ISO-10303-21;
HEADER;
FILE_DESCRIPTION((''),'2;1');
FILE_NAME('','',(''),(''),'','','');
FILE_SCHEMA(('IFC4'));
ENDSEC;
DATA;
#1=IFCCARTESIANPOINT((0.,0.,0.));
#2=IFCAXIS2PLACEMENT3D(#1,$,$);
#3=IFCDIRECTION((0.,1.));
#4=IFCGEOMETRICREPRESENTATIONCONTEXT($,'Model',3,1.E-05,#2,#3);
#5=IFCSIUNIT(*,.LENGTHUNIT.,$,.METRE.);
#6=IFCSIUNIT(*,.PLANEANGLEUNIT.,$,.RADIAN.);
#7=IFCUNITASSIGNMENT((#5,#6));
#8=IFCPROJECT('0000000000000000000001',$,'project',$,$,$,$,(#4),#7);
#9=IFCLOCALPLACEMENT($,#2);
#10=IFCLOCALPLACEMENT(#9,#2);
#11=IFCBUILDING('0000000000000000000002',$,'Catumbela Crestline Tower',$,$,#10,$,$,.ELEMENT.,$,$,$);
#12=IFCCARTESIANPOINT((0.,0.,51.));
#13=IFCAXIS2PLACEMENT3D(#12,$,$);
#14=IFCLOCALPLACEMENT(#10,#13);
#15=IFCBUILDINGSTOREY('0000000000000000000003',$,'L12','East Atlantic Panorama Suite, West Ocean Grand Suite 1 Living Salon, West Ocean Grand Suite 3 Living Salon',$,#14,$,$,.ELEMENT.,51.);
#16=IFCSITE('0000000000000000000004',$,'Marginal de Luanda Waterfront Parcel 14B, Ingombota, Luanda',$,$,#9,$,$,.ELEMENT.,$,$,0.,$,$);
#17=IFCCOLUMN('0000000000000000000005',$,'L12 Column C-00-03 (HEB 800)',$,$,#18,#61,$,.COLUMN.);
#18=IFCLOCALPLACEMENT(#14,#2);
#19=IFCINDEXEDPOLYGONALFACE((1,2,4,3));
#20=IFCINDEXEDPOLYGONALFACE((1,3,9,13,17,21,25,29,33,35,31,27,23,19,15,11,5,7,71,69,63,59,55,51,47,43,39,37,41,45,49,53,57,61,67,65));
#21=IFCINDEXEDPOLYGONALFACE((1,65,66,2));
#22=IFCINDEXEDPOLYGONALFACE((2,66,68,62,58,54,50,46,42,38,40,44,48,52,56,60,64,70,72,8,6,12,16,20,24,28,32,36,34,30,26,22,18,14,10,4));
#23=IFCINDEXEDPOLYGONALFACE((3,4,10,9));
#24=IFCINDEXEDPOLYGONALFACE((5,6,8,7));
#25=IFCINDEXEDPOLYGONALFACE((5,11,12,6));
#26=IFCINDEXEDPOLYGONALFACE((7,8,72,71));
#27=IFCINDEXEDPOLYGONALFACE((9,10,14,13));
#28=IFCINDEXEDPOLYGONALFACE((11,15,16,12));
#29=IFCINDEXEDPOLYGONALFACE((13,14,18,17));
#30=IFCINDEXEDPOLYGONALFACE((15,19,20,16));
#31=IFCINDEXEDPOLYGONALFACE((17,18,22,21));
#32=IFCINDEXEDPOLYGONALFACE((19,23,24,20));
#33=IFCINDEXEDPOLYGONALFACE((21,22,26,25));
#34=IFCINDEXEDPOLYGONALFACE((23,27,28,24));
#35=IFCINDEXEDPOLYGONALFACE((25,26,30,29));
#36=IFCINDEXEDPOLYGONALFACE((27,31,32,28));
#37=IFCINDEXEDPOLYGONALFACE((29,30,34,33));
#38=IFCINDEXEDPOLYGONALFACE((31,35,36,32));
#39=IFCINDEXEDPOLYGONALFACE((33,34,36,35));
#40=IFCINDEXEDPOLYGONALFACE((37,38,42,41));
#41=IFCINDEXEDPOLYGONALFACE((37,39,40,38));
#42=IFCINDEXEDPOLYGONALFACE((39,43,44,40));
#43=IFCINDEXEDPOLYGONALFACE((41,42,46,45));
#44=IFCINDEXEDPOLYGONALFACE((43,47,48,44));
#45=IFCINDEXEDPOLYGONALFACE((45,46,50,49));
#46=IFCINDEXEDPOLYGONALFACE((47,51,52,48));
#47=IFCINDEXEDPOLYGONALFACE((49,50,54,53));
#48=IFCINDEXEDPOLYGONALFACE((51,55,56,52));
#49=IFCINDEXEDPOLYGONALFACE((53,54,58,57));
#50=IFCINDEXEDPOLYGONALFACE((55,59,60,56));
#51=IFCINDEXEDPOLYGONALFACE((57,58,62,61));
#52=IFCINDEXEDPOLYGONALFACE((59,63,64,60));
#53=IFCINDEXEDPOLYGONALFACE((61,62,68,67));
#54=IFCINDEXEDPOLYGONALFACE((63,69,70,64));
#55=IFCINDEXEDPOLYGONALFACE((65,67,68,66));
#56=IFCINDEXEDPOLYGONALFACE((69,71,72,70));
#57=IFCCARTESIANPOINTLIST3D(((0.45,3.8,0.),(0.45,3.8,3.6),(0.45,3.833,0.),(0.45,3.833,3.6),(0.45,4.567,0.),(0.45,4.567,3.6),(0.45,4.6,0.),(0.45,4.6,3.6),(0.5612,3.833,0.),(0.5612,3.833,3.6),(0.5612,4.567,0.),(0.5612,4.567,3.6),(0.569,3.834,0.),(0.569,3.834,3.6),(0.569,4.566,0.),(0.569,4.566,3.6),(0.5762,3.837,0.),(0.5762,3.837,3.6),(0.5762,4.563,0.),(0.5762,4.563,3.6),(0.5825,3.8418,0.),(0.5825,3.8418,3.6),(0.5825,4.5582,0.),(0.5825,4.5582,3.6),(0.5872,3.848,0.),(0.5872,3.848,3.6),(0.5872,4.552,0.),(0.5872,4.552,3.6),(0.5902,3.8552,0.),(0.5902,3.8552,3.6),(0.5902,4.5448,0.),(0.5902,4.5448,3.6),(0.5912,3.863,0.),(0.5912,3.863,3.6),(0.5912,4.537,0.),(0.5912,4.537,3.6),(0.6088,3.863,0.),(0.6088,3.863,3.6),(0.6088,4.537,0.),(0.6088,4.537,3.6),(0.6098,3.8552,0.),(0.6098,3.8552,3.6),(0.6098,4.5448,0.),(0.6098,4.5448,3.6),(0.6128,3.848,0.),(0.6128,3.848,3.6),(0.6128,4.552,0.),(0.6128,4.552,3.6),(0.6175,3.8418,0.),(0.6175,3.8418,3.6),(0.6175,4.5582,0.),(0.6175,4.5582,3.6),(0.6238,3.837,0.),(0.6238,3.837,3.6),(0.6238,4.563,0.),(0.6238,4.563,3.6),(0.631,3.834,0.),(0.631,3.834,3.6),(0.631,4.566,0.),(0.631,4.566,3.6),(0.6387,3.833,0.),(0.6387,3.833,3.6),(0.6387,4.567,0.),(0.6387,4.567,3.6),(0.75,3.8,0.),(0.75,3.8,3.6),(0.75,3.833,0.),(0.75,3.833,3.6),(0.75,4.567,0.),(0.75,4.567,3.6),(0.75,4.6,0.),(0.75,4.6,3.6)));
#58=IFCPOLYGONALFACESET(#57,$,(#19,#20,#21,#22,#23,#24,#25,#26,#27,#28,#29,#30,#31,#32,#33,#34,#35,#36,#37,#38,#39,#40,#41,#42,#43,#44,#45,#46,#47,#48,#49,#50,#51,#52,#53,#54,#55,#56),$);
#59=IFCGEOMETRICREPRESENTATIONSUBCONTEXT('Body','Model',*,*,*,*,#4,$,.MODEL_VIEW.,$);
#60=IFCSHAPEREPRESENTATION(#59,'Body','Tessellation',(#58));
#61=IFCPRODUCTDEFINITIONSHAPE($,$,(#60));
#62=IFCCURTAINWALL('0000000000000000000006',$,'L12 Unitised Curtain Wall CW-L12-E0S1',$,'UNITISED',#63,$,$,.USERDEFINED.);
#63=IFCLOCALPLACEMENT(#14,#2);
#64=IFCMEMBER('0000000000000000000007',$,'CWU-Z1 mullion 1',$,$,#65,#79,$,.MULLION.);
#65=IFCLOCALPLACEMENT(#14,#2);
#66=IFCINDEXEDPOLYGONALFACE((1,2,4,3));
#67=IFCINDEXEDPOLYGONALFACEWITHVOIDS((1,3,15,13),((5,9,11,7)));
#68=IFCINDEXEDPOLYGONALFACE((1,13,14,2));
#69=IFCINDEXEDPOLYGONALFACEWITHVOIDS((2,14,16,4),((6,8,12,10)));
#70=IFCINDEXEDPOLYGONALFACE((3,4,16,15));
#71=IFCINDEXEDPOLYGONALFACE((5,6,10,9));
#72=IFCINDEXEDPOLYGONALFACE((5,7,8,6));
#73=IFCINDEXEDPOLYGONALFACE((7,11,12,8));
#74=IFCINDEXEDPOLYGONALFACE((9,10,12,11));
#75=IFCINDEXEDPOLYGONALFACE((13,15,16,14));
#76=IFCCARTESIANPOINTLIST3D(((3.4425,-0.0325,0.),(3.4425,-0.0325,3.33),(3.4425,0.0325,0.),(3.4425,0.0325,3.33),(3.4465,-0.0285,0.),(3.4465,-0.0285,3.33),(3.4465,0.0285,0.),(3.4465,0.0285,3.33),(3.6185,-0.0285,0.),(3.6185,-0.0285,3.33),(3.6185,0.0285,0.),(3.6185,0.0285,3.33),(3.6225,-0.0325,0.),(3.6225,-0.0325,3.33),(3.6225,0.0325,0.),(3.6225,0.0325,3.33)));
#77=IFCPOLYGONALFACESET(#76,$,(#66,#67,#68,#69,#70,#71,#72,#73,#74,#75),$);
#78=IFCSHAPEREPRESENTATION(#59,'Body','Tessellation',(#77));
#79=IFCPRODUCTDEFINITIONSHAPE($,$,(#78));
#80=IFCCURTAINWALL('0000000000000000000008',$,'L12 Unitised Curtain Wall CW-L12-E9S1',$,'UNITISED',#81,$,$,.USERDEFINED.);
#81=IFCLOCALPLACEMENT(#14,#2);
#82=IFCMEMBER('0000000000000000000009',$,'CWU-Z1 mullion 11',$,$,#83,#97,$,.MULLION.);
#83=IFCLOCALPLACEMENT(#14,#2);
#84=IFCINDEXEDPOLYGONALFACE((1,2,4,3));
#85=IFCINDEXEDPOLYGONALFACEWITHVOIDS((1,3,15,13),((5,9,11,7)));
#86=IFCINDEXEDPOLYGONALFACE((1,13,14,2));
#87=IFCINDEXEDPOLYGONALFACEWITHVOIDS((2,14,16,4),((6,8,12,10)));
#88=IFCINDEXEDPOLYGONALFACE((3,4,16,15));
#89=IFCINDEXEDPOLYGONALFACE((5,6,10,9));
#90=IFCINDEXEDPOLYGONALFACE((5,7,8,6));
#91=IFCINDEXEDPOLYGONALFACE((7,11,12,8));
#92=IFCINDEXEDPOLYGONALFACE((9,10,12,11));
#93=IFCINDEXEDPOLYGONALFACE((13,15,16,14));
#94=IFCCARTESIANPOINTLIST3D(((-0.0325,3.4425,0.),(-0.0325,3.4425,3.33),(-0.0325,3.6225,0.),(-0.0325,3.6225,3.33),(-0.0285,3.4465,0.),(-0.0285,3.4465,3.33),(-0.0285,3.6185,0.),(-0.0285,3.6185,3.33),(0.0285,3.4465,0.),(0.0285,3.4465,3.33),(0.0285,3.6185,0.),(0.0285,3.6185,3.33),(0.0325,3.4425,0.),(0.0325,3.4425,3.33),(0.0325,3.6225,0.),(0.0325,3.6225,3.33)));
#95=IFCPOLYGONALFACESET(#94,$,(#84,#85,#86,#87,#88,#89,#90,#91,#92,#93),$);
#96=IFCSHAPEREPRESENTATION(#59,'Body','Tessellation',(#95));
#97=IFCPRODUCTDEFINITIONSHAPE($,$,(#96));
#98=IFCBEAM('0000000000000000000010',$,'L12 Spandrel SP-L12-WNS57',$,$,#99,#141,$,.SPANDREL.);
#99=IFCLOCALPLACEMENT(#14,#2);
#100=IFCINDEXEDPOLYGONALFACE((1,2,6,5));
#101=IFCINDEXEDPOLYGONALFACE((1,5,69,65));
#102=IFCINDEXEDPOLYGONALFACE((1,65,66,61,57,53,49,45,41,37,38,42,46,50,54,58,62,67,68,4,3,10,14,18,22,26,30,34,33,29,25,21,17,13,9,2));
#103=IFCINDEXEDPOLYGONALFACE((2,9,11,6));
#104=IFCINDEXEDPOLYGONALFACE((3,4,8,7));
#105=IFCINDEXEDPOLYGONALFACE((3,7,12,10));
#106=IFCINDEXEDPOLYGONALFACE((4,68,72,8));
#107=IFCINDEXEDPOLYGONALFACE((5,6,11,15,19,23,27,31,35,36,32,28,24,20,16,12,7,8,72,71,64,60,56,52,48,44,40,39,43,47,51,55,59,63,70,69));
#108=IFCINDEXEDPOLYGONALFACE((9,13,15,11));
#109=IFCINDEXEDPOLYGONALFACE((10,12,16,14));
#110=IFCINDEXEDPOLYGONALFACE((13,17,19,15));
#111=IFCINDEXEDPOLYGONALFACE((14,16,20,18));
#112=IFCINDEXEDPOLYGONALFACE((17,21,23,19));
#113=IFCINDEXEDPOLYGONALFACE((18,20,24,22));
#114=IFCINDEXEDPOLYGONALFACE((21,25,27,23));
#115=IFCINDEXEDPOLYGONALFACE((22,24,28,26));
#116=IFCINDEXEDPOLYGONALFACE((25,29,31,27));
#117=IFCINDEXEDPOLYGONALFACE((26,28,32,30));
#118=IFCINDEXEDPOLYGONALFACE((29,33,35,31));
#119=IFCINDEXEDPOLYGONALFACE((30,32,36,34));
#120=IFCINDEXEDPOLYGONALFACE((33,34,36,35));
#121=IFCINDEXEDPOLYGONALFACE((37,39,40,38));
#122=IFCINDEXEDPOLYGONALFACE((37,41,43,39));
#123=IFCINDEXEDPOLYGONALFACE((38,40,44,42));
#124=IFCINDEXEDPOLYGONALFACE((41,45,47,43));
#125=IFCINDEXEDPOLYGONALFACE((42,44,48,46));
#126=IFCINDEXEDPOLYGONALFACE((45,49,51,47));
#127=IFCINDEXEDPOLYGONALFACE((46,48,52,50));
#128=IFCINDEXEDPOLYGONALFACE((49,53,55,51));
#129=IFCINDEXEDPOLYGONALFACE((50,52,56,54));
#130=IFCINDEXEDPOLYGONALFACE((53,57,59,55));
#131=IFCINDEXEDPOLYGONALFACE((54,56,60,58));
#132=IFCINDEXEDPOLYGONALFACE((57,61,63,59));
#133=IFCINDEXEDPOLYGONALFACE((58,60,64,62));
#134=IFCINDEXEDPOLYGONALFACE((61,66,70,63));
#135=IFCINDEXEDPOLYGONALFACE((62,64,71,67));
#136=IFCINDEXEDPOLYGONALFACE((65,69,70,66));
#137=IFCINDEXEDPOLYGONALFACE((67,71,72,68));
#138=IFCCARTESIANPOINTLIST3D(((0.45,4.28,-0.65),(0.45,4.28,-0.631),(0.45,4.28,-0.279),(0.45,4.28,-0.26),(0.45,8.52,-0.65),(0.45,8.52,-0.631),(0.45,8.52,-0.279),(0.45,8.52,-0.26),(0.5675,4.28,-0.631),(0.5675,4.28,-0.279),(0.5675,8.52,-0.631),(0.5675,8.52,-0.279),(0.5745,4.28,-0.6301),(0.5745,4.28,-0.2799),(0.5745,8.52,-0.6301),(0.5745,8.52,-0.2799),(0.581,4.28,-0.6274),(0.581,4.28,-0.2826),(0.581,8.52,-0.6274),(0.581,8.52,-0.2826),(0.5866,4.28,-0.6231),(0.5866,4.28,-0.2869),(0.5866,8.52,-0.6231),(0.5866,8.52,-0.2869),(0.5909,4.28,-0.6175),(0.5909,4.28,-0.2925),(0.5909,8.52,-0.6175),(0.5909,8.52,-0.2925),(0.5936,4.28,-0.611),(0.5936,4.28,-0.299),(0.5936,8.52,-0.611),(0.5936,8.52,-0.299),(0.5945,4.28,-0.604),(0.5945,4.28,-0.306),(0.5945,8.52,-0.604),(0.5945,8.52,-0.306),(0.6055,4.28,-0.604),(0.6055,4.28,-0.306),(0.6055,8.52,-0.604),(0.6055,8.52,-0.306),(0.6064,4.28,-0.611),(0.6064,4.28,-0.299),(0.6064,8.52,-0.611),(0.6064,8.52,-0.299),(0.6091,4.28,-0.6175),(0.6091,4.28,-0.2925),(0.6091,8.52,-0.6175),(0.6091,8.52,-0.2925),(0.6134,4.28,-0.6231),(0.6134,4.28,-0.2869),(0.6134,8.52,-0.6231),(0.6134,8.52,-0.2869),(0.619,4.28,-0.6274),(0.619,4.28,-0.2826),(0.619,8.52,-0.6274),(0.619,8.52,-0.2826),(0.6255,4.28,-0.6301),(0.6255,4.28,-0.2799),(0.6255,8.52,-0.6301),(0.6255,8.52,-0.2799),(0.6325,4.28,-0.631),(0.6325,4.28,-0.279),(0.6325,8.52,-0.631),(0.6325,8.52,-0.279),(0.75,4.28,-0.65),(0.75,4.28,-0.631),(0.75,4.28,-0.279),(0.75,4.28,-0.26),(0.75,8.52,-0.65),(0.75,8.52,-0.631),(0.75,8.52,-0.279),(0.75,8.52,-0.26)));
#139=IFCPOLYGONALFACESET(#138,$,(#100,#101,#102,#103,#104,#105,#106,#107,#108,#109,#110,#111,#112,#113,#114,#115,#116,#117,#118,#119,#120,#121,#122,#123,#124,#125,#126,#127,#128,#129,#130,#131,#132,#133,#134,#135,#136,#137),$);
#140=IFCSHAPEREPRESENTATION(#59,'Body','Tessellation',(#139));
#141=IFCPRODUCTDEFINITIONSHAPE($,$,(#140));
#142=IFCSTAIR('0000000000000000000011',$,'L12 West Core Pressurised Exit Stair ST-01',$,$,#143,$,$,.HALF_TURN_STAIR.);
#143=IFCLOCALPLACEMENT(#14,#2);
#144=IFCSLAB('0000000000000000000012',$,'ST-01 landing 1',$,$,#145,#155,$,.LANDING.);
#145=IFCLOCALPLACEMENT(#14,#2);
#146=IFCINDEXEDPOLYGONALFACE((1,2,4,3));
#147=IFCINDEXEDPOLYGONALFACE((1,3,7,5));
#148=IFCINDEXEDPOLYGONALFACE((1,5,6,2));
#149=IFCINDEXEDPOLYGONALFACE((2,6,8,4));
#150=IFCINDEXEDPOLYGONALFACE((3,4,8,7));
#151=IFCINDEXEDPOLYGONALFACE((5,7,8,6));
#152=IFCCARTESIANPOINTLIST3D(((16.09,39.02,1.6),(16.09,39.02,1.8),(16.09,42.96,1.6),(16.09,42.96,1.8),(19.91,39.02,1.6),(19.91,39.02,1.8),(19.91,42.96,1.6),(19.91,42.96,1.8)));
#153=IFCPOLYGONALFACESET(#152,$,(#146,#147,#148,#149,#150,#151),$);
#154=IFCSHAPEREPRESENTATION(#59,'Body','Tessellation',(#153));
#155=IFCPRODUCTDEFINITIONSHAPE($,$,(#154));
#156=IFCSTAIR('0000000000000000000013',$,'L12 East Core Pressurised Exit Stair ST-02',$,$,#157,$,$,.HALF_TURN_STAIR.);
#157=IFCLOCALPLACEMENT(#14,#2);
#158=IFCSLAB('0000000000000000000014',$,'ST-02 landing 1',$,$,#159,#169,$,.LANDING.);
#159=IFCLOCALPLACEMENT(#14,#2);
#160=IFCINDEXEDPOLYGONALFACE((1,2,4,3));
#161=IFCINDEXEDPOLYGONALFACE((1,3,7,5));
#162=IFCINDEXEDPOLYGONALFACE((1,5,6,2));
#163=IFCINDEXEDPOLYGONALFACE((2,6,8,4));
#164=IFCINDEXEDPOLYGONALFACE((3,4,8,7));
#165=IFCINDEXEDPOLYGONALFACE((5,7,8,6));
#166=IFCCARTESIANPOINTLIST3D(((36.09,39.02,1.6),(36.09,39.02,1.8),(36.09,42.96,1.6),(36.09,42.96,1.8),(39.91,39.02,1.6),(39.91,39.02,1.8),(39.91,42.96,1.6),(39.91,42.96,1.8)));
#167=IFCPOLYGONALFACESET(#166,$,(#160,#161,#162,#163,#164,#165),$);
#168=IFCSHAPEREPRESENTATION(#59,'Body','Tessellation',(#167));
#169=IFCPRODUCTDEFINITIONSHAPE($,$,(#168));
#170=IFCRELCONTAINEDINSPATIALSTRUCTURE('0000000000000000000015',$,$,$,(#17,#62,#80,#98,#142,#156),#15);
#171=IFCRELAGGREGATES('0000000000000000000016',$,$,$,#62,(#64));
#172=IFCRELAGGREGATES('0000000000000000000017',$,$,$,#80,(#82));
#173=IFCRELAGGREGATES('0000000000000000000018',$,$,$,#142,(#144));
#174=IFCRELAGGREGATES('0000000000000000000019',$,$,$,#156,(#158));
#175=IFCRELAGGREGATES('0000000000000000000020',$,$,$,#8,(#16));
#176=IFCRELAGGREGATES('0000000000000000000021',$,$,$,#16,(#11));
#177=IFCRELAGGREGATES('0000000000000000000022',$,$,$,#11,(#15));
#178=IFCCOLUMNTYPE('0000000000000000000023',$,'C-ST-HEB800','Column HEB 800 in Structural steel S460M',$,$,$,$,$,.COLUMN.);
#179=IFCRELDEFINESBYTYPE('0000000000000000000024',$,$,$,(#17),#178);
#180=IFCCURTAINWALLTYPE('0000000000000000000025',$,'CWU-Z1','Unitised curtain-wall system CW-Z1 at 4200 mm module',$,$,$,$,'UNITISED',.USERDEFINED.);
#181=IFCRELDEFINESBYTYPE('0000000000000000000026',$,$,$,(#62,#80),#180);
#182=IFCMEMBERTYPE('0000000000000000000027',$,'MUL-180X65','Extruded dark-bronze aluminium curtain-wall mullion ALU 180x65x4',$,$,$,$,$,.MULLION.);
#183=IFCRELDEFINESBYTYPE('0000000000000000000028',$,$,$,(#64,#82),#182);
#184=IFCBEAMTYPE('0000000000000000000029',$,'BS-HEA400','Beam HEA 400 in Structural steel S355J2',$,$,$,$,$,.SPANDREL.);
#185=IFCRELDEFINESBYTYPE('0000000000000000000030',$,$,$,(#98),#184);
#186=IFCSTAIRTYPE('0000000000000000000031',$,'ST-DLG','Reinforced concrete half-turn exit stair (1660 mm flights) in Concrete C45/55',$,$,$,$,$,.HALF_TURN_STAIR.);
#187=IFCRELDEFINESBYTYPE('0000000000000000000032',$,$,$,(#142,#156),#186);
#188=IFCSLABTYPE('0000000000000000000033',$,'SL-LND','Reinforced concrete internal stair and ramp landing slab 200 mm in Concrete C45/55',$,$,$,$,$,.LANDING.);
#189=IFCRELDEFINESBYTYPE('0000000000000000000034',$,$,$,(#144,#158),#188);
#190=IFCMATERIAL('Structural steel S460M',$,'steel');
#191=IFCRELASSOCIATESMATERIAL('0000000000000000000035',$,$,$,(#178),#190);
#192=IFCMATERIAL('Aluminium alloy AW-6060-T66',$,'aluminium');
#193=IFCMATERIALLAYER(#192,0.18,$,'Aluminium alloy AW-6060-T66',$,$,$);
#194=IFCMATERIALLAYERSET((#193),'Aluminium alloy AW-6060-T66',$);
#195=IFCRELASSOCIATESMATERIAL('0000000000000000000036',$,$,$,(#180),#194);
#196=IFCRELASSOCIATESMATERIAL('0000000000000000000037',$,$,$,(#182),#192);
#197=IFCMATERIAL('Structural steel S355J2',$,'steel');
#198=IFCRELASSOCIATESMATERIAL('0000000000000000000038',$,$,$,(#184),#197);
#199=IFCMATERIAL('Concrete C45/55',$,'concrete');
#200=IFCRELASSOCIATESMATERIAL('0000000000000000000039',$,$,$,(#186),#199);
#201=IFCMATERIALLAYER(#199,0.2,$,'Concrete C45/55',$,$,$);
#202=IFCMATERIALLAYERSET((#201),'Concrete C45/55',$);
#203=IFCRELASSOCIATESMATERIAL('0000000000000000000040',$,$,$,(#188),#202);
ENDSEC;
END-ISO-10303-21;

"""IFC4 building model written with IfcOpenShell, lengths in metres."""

from ifc_helpers import new_model, si_unit, direction, frame, origin, origin_2d, place, context, subcontext, project, spatial, polyline, hollow_rectangle, i_section, outline, extrude, material, layer, layer_set, material_profile, profile_set, type_object, element, aggregate, save


model = new_model("IFC4")

# Units and contexts
model_context = context("Model", 3, precision=1e-05, world=origin(), true_north=direction((0.0, 1.0)))
body_context = subcontext(model_context, "Body", "Model", "MODEL_VIEW")
ifc_project = project(units=[si_unit("LENGTHUNIT", "METRE"), si_unit("PLANEANGLEUNIT", "RADIAN")], contexts=[model_context])

# Site, building, storey
site_placement = place(None, origin())
site = spatial("IfcSite", under=ifc_project, at=site_placement, Name="Marginal de Luanda Waterfront Parcel 14B, Ingombota, Luanda", CompositionType="ELEMENT", RefElevation=0.0)
building_placement = place(site_placement, origin())
building = spatial("IfcBuilding", under=site, at=building_placement, Name="Catumbela Crestline Tower", CompositionType="ELEMENT")
storey_placement = place(building_placement, frame((0.0, 0.0, 51.0)))
storey = spatial("IfcBuildingStorey", under=building, at=storey_placement, Name="L12", Description="East Atlantic Panorama Suite, West Ocean Grand Suite 1 Living Salon, West Ocean Grand Suite 3 Living Salon", CompositionType="ELEMENT", Elevation=51.0)

# Column
ifc_material_1 = material(Name="Structural steel S460M", Category="steel")
ifc_material_profile_1 = material_profile(ifc_material_1, i_section(OverallWidth=0.3, OverallDepth=0.8, WebThickness=0.0175, FlangeThickness=0.033, FilletRadius=0.03, at=origin_2d()), Name="HEB 800")
ifc_profile_set_1 = profile_set([ifc_material_profile_1], Name="Structural steel S460M")
column_type = type_object("IfcColumnType", Name="C-ST-HEB800", Description="Column HEB 800 in Structural steel S460M", PredefinedType="COLUMN", material=ifc_profile_set_1)
column_placement = place(storey_placement, frame((0.6, 4.2, 0.0), z_axis=(0.0, 0.0, 1.0), x_axis=(1.0, 0.0, 0.0)))
element("IfcColumn", 1, at=column_placement, inside=storey, type_object=column_type, Name="L12 Column C-00-03 (HEB 800)", PredefinedType="COLUMN", context=body_context, shape_type="SweptSolid", body=[
    extrude(i_section(OverallWidth=0.3, OverallDepth=0.8, WebThickness=0.0175, FlangeThickness=0.033, FilletRadius=0.03, at=origin_2d()), origin(), (0.0, 0.0, 1.0), 3.6),
])

# Curtain walls, members
ifc_material_2 = material(Name="Aluminium alloy AW-6060-T66", Category="aluminium")
ifc_layer_1 = layer(ifc_material_2, 0.18, Name="Aluminium alloy AW-6060-T66")
ifc_layer_set_1 = layer_set([ifc_layer_1], Name="Aluminium alloy AW-6060-T66")
curtain_wall_type = type_object("IfcCurtainWallType", Name="CWU-Z1", Description="Unitised curtain-wall system CW-Z1 at 4200 mm module", ElementType="UNITISED", PredefinedType="USERDEFINED", material=ifc_layer_set_1)
curtain_wall_1_placement = place(storey_placement, origin())
curtain_wall_1 = element("IfcCurtainWall", 2, at=curtain_wall_1_placement, inside=storey, type_object=curtain_wall_type, Name="L12 Unitised Curtain Wall CW-L12-E0S1", ObjectType="UNITISED", PredefinedType="USERDEFINED")
ifc_material_profile_2 = material_profile(ifc_material_2, hollow_rectangle(XDim=0.065, YDim=0.18, WallThickness=0.004, at=origin_2d()), Name="ALU 180x65x4")
ifc_profile_set_2 = profile_set([ifc_material_profile_2], Name="Aluminium alloy AW-6060-T66")
member_type = type_object("IfcMemberType", Name="MUL-180X65", Description="Extruded dark-bronze aluminium curtain-wall mullion ALU 180x65x4", PredefinedType="MULLION", material=ifc_profile_set_2)
member_1_placement = place(storey_placement, frame((3.5325, 0.0, 0.0), z_axis=(0.0, 0.0, 1.0), x_axis=(0.0, 1.0, 0.0)))
member_1 = element("IfcMember", 3, at=member_1_placement, type_object=member_type, Name="CWU-Z1 mullion 1", PredefinedType="MULLION", context=body_context, shape_type="SweptSolid", body=[
    extrude(hollow_rectangle(XDim=0.065, YDim=0.18, WallThickness=0.004, at=origin_2d()), origin(), (0.0, 0.0, 1.0), 3.33),
])
aggregate(curtain_wall_1, [member_1])
curtain_wall_2_placement = place(storey_placement, origin())
curtain_wall_2 = element("IfcCurtainWall", 4, at=curtain_wall_2_placement, inside=storey, type_object=curtain_wall_type, Name="L12 Unitised Curtain Wall CW-L12-E9S1", ObjectType="UNITISED", PredefinedType="USERDEFINED")
member_2_placement = place(storey_placement, frame((0.0, 3.5325, 0.0), z_axis=(0.0, 0.0, 1.0), x_axis=(1.0, 0.0, 0.0)))
member_2 = element("IfcMember", 5, at=member_2_placement, type_object=member_type, Name="CWU-Z1 mullion 11", PredefinedType="MULLION", context=body_context, shape_type="SweptSolid", body=[
    extrude(hollow_rectangle(XDim=0.065, YDim=0.18, WallThickness=0.004, at=origin_2d()), origin(), (0.0, 0.0, 1.0), 3.33),
])
aggregate(curtain_wall_2, [member_2])

# Beam
ifc_material_3 = material(Name="Structural steel S355J2", Category="steel")
ifc_material_profile_3 = material_profile(ifc_material_3, i_section(OverallWidth=0.3, OverallDepth=0.39, WebThickness=0.011, FlangeThickness=0.019, FilletRadius=0.027, at=origin_2d()), Name="HEA 400")
ifc_profile_set_3 = profile_set([ifc_material_profile_3], Name="Structural steel S355J2")
beam_type = type_object("IfcBeamType", Name="BS-HEA400", Description="Beam HEA 400 in Structural steel S355J2", PredefinedType="SPANDREL", material=ifc_profile_set_3)
beam_placement = place(storey_placement, frame((0.6, 4.28, -0.455), z_axis=(0.0, 1.0, 0.0), x_axis=(-1.0, 0.0, 0.0)))
element("IfcBeam", 6, at=beam_placement, inside=storey, type_object=beam_type, Name="L12 Spandrel SP-L12-WNS57", PredefinedType="SPANDREL", context=body_context, shape_type="SweptSolid", body=[
    extrude(i_section(OverallWidth=0.3, OverallDepth=0.39, WebThickness=0.011, FlangeThickness=0.019, FilletRadius=0.027, at=origin_2d()), origin(), (0.0, 0.0, 1.0), 4.24),
])

# Stairs, slabs
ifc_material_4 = material(Name="Concrete C45/55", Category="concrete")
stair_type = type_object("IfcStairType", Name="ST-DLG", Description="Reinforced concrete half-turn exit stair (1660 mm flights) in Concrete C45/55", PredefinedType="HALF_TURN_STAIR", material=ifc_material_4)
stair_1_placement = place(storey_placement, origin())
stair_1 = element("IfcStair", 7, at=stair_1_placement, inside=storey, type_object=stair_type, Name="L12 West Core Pressurised Exit Stair ST-01", PredefinedType="HALF_TURN_STAIR")
ifc_layer_2 = layer(ifc_material_4, 0.2, Name="Concrete C45/55")
ifc_layer_set_2 = layer_set([ifc_layer_2], Name="Concrete C45/55")
slab_type_1 = type_object("IfcSlabType", Name="SL-LND", Description="Reinforced concrete internal stair and ramp landing slab 200 mm in Concrete C45/55", PredefinedType="LANDING", material=ifc_layer_set_2)
slab_1_placement = place(storey_placement, frame((0.0, 0.0, 1.6)))
slab_1 = element("IfcSlab", 8, at=slab_1_placement, type_object=slab_type_1, Name="ST-01 landing 1", PredefinedType="LANDING", context=body_context, shape_type="SweptSolid", body=[
    extrude(outline(polyline([(19.91, 39.02), (19.91, 42.96), (16.09, 42.96), (16.09, 39.02), (19.91, 39.02)])), origin(), (0.0, 0.0, 1.0), 0.2),
])
aggregate(stair_1, [slab_1])
stair_2_placement = place(storey_placement, origin())
stair_2 = element("IfcStair", 9, at=stair_2_placement, inside=storey, type_object=stair_type, Name="L12 East Core Pressurised Exit Stair ST-02", PredefinedType="HALF_TURN_STAIR")
slab_2_placement = place(storey_placement, frame((0.0, 0.0, 1.6)))
slab_2 = element("IfcSlab", 10, at=slab_2_placement, type_object=slab_type_1, Name="ST-02 landing 1", PredefinedType="LANDING", context=body_context, shape_type="SweptSolid", body=[
    extrude(outline(polyline([(39.91, 39.02), (39.91, 42.96), (36.09, 42.96), (36.09, 39.02), (39.91, 39.02)])), origin(), (0.0, 0.0, 1.0), 0.2),
])
aggregate(stair_2, [slab_2])

save(model, "model.ifc")
